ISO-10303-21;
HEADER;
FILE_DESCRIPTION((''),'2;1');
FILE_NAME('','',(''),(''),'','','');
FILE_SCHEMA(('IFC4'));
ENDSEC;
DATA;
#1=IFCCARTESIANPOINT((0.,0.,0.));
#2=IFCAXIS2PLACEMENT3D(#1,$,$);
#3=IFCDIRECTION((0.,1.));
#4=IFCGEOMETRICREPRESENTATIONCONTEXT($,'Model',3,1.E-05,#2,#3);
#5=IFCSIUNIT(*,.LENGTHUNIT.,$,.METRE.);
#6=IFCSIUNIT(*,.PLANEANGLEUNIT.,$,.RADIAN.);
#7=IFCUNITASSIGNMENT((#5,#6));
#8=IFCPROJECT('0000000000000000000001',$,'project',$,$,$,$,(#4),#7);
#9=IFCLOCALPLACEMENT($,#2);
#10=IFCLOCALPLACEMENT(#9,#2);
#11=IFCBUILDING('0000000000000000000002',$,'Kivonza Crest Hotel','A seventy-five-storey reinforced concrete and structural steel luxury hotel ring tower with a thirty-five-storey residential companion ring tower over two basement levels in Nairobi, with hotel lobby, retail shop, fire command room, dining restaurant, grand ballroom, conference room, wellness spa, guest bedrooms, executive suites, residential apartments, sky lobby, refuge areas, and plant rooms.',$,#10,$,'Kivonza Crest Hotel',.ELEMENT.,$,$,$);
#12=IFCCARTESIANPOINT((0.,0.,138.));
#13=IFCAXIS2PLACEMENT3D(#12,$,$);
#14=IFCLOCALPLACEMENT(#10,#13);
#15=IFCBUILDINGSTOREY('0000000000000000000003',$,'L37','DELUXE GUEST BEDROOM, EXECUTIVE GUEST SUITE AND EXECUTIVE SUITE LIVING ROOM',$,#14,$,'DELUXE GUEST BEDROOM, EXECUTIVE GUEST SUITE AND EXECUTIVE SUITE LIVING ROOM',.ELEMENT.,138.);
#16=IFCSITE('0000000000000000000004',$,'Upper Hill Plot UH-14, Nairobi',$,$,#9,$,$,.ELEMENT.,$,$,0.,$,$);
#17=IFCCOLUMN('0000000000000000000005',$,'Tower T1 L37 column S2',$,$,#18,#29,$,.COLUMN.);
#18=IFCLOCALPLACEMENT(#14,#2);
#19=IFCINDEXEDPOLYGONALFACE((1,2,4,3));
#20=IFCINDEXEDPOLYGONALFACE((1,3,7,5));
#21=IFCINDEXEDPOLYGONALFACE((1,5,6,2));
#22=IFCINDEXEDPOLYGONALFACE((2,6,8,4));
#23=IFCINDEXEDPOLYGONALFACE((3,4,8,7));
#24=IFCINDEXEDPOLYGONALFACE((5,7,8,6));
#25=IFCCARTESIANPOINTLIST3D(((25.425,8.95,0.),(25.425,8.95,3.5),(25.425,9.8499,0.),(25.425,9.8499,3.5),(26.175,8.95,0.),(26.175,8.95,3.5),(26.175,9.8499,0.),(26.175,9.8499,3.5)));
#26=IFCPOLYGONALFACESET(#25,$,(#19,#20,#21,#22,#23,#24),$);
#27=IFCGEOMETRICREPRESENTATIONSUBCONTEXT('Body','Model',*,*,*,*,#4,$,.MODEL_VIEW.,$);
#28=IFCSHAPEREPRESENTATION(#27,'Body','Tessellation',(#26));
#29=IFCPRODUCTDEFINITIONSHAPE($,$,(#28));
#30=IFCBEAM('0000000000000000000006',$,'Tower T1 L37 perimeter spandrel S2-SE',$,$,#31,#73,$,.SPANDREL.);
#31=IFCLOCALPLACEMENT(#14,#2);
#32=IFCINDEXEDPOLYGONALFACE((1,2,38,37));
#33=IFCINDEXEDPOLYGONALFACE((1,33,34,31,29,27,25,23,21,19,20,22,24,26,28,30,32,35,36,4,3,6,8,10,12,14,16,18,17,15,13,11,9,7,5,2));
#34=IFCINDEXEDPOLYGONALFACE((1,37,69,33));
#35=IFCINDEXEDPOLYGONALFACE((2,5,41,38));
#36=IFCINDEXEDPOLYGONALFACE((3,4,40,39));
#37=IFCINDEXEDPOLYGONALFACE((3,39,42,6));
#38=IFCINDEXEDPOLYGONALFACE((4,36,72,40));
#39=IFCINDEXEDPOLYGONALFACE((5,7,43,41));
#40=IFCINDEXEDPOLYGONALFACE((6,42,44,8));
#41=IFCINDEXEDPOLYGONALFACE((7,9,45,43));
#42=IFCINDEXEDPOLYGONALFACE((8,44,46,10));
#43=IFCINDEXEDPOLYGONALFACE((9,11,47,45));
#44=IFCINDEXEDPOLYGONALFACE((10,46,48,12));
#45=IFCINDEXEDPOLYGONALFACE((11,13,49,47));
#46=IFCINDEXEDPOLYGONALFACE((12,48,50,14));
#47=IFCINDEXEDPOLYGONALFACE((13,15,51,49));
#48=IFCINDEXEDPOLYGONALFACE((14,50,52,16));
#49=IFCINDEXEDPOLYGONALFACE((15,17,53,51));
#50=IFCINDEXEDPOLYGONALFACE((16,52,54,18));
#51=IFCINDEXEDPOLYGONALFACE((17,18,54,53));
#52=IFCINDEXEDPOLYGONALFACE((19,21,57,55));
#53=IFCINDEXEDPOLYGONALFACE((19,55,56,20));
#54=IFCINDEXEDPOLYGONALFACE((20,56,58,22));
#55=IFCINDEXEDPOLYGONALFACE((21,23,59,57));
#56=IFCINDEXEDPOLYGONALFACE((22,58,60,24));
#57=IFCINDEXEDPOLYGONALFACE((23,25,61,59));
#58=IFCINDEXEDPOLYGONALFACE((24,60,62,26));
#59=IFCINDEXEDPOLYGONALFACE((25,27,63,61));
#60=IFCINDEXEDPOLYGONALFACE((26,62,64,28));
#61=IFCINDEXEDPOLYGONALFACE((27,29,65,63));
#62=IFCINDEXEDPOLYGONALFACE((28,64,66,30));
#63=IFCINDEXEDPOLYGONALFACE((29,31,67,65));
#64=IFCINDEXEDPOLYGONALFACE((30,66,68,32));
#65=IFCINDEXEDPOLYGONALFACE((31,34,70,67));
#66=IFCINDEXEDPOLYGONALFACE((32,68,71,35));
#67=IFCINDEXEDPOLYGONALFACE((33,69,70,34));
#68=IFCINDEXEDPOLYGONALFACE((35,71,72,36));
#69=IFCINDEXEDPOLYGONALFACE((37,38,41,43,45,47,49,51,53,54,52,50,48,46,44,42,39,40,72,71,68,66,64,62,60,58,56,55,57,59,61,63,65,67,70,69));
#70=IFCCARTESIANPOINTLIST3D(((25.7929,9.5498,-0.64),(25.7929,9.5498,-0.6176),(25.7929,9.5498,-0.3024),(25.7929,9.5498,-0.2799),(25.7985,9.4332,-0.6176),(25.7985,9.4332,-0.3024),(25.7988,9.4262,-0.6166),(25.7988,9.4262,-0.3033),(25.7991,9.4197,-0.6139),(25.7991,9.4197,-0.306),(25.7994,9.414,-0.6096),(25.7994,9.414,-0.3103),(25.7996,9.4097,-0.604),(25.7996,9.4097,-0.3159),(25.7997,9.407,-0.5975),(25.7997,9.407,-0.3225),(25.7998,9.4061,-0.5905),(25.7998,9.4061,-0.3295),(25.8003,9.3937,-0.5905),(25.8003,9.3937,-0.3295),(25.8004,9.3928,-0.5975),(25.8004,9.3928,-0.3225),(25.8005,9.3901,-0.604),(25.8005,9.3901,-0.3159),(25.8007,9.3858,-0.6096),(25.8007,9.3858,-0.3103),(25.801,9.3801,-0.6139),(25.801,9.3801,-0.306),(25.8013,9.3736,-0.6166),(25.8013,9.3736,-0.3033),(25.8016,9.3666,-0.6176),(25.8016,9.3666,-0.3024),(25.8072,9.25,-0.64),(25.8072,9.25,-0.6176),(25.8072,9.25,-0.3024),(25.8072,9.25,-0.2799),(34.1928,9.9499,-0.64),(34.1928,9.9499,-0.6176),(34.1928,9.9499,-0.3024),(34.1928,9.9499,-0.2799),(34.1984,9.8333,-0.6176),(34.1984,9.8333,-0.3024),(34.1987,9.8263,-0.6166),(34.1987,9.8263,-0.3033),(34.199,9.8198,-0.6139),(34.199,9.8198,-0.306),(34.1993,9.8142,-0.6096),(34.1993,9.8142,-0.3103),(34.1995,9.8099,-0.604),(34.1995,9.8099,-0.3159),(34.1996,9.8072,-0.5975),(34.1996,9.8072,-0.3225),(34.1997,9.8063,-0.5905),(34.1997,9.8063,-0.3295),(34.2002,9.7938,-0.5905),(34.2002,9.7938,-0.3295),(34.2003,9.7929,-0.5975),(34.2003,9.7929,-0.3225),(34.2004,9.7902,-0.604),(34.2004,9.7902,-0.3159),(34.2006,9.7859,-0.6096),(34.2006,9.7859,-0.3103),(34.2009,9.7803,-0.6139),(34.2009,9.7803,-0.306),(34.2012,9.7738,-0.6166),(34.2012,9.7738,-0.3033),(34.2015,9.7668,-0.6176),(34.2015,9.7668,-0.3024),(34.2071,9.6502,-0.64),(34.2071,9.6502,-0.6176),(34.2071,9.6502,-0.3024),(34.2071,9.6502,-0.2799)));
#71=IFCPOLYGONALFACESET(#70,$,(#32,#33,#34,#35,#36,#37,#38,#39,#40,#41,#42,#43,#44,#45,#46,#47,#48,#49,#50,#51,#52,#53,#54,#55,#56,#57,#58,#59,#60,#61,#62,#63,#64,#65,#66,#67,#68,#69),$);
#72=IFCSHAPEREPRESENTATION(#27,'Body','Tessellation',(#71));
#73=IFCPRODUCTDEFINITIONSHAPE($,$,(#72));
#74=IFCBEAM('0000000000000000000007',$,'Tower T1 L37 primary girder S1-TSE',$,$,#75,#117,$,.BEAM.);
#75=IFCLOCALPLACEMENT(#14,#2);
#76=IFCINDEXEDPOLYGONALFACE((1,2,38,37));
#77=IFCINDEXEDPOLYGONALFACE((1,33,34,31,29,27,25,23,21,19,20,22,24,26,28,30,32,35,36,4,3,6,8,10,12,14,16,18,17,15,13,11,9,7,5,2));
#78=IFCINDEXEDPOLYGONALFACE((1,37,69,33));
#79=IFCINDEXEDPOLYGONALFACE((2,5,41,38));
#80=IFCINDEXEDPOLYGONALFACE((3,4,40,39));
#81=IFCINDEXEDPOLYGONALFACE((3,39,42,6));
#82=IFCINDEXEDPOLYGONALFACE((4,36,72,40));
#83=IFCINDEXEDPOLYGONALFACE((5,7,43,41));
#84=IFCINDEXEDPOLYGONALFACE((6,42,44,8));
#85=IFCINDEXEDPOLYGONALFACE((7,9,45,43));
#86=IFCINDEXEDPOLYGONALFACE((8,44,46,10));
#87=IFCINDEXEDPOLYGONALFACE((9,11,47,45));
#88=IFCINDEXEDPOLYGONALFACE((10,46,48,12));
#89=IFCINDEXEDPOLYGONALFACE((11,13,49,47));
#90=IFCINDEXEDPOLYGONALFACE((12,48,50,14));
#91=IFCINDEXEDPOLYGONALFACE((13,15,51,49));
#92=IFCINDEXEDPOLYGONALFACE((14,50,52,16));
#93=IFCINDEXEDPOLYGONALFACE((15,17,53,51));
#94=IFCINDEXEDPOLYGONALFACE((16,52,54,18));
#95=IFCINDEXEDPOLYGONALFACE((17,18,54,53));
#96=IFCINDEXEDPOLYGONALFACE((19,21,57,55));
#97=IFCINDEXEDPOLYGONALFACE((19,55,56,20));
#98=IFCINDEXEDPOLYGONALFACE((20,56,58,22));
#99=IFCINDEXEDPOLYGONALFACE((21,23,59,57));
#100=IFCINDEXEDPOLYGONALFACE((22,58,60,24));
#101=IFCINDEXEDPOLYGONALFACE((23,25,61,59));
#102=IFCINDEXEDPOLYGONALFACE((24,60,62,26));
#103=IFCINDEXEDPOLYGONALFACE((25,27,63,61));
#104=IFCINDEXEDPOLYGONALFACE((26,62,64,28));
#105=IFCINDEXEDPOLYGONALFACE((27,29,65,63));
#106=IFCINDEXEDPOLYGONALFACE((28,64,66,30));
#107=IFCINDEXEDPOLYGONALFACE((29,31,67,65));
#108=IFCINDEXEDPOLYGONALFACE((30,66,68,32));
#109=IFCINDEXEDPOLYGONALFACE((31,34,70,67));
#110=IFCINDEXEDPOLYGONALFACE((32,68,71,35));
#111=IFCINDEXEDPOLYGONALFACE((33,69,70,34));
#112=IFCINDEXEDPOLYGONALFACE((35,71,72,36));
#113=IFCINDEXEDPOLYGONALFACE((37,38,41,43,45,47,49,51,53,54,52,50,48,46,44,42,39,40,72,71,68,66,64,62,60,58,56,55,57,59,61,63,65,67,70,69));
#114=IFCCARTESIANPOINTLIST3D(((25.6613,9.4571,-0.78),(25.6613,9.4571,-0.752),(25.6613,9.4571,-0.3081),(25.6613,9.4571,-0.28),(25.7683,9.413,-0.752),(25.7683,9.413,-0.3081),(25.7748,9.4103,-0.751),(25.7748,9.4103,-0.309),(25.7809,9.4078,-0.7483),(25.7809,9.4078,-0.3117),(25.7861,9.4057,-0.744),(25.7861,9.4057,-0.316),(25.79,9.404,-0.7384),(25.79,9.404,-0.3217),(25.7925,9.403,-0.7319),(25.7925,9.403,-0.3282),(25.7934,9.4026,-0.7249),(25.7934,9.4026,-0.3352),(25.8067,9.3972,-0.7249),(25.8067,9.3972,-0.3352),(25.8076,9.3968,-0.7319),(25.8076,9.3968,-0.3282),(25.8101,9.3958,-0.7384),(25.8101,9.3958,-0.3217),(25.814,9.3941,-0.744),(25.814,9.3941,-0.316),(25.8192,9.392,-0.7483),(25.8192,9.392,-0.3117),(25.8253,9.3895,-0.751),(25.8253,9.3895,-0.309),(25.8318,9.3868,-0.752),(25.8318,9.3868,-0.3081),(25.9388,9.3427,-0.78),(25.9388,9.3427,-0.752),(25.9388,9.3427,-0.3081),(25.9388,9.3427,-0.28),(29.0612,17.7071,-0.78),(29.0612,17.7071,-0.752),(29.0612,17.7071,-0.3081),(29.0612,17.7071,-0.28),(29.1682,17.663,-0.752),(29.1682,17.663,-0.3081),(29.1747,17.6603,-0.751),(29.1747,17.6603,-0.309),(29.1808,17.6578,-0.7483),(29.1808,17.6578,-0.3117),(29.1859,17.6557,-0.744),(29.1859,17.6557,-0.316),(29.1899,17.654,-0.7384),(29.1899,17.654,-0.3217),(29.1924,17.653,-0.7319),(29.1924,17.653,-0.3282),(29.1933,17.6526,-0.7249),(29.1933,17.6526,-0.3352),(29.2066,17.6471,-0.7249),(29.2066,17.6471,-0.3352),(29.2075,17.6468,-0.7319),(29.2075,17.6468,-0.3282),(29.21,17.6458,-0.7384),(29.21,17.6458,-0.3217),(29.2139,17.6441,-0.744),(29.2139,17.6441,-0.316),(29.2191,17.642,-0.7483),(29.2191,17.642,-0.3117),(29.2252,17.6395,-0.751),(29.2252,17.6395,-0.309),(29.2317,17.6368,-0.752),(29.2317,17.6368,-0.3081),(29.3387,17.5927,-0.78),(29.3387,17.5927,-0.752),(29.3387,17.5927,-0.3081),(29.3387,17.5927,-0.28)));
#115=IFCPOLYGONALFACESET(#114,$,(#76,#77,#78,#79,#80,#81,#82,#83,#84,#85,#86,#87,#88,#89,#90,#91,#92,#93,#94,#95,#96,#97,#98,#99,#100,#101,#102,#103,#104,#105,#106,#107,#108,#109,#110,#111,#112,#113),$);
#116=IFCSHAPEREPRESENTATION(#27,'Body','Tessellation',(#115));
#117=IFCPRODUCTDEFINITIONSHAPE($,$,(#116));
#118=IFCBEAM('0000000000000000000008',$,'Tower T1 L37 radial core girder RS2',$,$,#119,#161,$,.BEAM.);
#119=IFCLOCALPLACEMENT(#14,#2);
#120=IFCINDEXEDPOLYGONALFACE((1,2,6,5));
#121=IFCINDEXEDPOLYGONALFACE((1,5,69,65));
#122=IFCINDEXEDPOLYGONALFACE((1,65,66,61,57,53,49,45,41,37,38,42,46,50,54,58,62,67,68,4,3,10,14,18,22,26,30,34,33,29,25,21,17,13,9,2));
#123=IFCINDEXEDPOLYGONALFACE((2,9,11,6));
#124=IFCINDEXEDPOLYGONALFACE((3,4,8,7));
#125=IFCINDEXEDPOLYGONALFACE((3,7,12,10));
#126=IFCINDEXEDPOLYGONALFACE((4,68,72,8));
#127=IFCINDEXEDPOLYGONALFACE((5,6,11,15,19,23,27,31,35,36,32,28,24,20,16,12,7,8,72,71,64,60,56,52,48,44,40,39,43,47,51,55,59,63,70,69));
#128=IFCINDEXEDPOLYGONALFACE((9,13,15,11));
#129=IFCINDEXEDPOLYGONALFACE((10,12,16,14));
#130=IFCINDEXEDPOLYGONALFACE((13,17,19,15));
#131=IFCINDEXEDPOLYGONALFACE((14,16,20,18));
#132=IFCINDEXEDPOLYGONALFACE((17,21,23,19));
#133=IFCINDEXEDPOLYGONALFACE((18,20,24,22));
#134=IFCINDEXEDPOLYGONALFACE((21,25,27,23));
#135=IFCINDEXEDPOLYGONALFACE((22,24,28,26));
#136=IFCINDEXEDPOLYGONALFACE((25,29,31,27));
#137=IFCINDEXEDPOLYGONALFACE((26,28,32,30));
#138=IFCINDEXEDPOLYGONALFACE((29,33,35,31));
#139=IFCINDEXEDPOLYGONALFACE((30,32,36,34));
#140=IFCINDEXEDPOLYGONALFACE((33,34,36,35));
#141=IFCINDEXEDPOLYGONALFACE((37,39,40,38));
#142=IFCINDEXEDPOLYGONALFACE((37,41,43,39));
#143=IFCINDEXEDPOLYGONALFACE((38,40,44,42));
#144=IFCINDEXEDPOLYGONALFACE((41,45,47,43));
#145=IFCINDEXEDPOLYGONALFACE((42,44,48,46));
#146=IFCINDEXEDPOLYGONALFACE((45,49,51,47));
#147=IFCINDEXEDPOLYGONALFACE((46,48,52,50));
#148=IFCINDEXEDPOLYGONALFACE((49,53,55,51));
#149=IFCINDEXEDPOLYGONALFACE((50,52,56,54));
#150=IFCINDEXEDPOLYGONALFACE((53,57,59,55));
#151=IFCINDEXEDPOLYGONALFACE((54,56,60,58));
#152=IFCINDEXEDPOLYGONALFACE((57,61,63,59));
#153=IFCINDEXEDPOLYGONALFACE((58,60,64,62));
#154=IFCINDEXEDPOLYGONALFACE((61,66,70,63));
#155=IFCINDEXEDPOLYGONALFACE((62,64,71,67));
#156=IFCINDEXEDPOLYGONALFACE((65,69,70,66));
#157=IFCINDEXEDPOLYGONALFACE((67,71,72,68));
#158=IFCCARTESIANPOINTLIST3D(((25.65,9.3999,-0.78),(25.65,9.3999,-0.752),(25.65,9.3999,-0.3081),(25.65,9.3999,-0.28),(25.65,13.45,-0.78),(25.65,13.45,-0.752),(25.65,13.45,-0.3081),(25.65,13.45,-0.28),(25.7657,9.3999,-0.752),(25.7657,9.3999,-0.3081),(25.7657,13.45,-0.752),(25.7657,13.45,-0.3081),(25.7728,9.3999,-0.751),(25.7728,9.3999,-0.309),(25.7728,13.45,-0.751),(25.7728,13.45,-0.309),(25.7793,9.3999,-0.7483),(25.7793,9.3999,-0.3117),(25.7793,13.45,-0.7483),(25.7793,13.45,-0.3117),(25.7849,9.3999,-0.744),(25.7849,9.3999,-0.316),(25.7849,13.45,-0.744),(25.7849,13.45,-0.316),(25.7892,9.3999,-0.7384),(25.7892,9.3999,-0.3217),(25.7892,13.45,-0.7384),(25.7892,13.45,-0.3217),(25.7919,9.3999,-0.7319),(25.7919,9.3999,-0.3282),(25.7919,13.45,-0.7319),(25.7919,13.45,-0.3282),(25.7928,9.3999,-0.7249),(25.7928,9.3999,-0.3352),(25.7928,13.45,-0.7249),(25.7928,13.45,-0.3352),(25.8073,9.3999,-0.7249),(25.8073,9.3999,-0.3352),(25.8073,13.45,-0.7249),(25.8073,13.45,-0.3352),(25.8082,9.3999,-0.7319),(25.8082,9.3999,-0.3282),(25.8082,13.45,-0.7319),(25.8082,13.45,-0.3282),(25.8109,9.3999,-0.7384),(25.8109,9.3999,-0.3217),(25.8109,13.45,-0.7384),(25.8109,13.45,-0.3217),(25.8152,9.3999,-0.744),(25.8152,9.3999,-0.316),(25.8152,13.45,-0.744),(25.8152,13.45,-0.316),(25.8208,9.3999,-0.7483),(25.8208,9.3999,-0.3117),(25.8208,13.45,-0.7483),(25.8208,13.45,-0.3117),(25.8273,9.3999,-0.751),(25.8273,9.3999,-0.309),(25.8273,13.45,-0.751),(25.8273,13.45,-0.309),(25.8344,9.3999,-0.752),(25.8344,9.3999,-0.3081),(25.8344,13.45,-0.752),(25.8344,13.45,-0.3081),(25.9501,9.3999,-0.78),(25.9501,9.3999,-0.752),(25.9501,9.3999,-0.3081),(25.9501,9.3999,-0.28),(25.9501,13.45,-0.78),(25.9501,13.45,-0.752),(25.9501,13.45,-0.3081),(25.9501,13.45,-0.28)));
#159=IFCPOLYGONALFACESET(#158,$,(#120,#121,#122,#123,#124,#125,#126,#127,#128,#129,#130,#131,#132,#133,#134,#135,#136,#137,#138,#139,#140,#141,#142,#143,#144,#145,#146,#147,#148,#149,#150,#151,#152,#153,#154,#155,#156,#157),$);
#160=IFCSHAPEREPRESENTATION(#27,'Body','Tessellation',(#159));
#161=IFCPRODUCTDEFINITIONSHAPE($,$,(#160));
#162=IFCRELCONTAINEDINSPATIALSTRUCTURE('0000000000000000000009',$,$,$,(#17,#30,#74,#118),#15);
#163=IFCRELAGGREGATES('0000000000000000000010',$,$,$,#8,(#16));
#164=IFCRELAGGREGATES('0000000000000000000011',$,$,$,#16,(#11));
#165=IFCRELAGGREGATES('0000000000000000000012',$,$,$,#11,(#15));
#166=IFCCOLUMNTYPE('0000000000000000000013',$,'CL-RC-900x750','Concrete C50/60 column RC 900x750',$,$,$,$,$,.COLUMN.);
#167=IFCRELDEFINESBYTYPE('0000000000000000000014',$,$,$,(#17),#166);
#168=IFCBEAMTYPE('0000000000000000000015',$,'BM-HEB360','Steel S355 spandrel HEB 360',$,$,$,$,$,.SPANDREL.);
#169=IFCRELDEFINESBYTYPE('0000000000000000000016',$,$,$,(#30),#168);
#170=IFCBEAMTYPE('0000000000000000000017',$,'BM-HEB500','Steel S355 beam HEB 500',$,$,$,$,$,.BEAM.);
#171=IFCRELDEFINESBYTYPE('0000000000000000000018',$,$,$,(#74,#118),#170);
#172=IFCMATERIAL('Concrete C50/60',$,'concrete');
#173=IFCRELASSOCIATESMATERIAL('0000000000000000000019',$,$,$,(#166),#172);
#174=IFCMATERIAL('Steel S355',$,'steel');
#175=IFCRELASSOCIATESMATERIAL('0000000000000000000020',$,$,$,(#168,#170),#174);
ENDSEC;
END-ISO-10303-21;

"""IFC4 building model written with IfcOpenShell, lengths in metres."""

from ifc_helpers import new_model, si_unit, direction, frame, origin, origin_2d, place, context, subcontext, project, spatial, rectangle, i_section, extrude, material, material_profile, profile_set, type_object, element, save


model = new_model("IFC4")

# Units and contexts
model_context = context("Model", 3, precision=1e-05, world=origin(), true_north=direction((0.0, 1.0)))
body_context = subcontext(model_context, "Body", "Model", "MODEL_VIEW")
ifc_project = project(units=[si_unit("LENGTHUNIT", "METRE"), si_unit("PLANEANGLEUNIT", "RADIAN")], contexts=[model_context])

# Site, building, storey
site_placement = place(None, origin())
site = spatial("IfcSite", under=ifc_project, at=site_placement, Name="Upper Hill Plot UH-14, Nairobi", CompositionType="ELEMENT", RefElevation=0.0)
building_placement = place(site_placement, origin())
building = spatial("IfcBuilding", under=site, at=building_placement, Name="Kivonza Crest Hotel", Description="A seventy-five-storey reinforced concrete and structural steel luxury hotel ring tower with a thirty-five-storey residential companion ring tower over two basement levels in Nairobi, with hotel lobby, retail shop, fire command room, dining restaurant, grand ballroom, conference room, wellness spa, guest bedrooms, executive suites, residential apartments, sky lobby, refuge areas, and plant rooms.", LongName="Kivonza Crest Hotel", CompositionType="ELEMENT")
storey_placement = place(building_placement, frame((0.0, 0.0, 138.0)))
storey = spatial("IfcBuildingStorey", under=building, at=storey_placement, Name="L37", Description="DELUXE GUEST BEDROOM, EXECUTIVE GUEST SUITE AND EXECUTIVE SUITE LIVING ROOM", LongName="DELUXE GUEST BEDROOM, EXECUTIVE GUEST SUITE AND EXECUTIVE SUITE LIVING ROOM", CompositionType="ELEMENT", Elevation=138.0)

# Column
ifc_material_1 = material(Name="Concrete C50/60", Category="concrete")
ifc_material_profile_1 = material_profile(ifc_material_1, rectangle(XDim=0.75, YDim=0.8999, at=origin_2d()), Name="RC 900x750")
ifc_profile_set_1 = profile_set([ifc_material_profile_1], Name="Concrete C50/60")
column_type = type_object("IfcColumnType", Name="CL-RC-900x750", Description="Concrete C50/60 column RC 900x750", PredefinedType="COLUMN", material=ifc_profile_set_1)
column_placement = place(storey_placement, frame((25.8, 9.3999, 0.0), z_axis=(0.0, 0.0, 1.0), x_axis=(1.0, 0.0, 0.0)))
element("IfcColumn", 1, at=column_placement, inside=storey, type_object=column_type, Name="Tower T1 L37 column S2", PredefinedType="COLUMN", context=body_context, shape_type="SweptSolid", body=[
    extrude(rectangle(XDim=0.75, YDim=0.8999, at=origin_2d()), origin(), (0.0, 0.0, 1.0), 3.5),
])

# Beams
ifc_material_2 = material(Name="Steel S355", Category="steel")
ifc_material_profile_2 = material_profile(ifc_material_2, i_section(OverallWidth=0.3, OverallDepth=0.3601, WebThickness=0.0125, FlangeThickness=0.0225, FilletRadius=0.0271, at=origin_2d()), Name="HEB 360")
ifc_profile_set_2 = profile_set([ifc_material_profile_2], Name="Steel S355")
beam_type_1 = type_object("IfcBeamType", Name="BM-HEB360", Description="Steel S355 spandrel HEB 360", PredefinedType="SPANDREL", material=ifc_profile_set_2)
beam_1_placement = place(storey_placement, frame((25.8, 9.3999, -0.46), z_axis=(0.998867, 0.047583, 0.0), x_axis=(-0.047583, 0.998867, 0.0)))
element("IfcBeam", 2, at=beam_1_placement, inside=storey, type_object=beam_type_1, Name="Tower T1 L37 perimeter spandrel S2-SE", PredefinedType="SPANDREL", context=body_context, shape_type="SweptSolid", body=[
    extrude(i_section(OverallWidth=0.3, OverallDepth=0.3601, WebThickness=0.0125, FlangeThickness=0.0225, FilletRadius=0.0271, at=origin_2d()), origin(), (0.0, 0.0, 1.0), 8.4094),
])
ifc_material_profile_3 = material_profile(ifc_material_2, i_section(OverallWidth=0.3, OverallDepth=0.5, WebThickness=0.0144, FlangeThickness=0.0281, FilletRadius=0.0271, at=origin_2d()), Name="HEB 500")
ifc_profile_set_3 = profile_set([ifc_material_profile_3], Name="Steel S355")
beam_type_2 = type_object("IfcBeamType", Name="BM-HEB500", Description="Steel S355 beam HEB 500", PredefinedType="BEAM", material=ifc_profile_set_3)
beam_2_placement = place(storey_placement, frame((25.8, 9.3999, -0.53), z_axis=(0.381022, 0.924566, 0.0), x_axis=(-0.924566, 0.381022, 0.0)))
element("IfcBeam", 3, at=beam_2_placement, inside=storey, type_object=beam_type_2, Name="Tower T1 L37 primary girder S1-TSE", PredefinedType="BEAM", context=body_context, shape_type="SweptSolid", body=[
    extrude(i_section(OverallWidth=0.3, OverallDepth=0.5, WebThickness=0.0144, FlangeThickness=0.0281, FilletRadius=0.0271, at=origin_2d()), origin(), (0.0, 0.0, 1.0), 8.9231),
])
beam_3_placement = place(storey_placement, frame((25.8, 9.3999, -0.53), z_axis=(0.0, 1.0, 0.0), x_axis=(-1.0, 0.0, 0.0)))
element("IfcBeam", 4, at=beam_3_placement, inside=storey, type_object=beam_type_2, Name="Tower T1 L37 radial core girder RS2", PredefinedType="BEAM", context=body_context, shape_type="SweptSolid", body=[
    extrude(i_section(OverallWidth=0.3, OverallDepth=0.5, WebThickness=0.0144, FlangeThickness=0.0281, FilletRadius=0.0271, at=origin_2d()), origin(), (0.0, 0.0, 1.0), 4.05),
])

save(model, "model.ifc")
